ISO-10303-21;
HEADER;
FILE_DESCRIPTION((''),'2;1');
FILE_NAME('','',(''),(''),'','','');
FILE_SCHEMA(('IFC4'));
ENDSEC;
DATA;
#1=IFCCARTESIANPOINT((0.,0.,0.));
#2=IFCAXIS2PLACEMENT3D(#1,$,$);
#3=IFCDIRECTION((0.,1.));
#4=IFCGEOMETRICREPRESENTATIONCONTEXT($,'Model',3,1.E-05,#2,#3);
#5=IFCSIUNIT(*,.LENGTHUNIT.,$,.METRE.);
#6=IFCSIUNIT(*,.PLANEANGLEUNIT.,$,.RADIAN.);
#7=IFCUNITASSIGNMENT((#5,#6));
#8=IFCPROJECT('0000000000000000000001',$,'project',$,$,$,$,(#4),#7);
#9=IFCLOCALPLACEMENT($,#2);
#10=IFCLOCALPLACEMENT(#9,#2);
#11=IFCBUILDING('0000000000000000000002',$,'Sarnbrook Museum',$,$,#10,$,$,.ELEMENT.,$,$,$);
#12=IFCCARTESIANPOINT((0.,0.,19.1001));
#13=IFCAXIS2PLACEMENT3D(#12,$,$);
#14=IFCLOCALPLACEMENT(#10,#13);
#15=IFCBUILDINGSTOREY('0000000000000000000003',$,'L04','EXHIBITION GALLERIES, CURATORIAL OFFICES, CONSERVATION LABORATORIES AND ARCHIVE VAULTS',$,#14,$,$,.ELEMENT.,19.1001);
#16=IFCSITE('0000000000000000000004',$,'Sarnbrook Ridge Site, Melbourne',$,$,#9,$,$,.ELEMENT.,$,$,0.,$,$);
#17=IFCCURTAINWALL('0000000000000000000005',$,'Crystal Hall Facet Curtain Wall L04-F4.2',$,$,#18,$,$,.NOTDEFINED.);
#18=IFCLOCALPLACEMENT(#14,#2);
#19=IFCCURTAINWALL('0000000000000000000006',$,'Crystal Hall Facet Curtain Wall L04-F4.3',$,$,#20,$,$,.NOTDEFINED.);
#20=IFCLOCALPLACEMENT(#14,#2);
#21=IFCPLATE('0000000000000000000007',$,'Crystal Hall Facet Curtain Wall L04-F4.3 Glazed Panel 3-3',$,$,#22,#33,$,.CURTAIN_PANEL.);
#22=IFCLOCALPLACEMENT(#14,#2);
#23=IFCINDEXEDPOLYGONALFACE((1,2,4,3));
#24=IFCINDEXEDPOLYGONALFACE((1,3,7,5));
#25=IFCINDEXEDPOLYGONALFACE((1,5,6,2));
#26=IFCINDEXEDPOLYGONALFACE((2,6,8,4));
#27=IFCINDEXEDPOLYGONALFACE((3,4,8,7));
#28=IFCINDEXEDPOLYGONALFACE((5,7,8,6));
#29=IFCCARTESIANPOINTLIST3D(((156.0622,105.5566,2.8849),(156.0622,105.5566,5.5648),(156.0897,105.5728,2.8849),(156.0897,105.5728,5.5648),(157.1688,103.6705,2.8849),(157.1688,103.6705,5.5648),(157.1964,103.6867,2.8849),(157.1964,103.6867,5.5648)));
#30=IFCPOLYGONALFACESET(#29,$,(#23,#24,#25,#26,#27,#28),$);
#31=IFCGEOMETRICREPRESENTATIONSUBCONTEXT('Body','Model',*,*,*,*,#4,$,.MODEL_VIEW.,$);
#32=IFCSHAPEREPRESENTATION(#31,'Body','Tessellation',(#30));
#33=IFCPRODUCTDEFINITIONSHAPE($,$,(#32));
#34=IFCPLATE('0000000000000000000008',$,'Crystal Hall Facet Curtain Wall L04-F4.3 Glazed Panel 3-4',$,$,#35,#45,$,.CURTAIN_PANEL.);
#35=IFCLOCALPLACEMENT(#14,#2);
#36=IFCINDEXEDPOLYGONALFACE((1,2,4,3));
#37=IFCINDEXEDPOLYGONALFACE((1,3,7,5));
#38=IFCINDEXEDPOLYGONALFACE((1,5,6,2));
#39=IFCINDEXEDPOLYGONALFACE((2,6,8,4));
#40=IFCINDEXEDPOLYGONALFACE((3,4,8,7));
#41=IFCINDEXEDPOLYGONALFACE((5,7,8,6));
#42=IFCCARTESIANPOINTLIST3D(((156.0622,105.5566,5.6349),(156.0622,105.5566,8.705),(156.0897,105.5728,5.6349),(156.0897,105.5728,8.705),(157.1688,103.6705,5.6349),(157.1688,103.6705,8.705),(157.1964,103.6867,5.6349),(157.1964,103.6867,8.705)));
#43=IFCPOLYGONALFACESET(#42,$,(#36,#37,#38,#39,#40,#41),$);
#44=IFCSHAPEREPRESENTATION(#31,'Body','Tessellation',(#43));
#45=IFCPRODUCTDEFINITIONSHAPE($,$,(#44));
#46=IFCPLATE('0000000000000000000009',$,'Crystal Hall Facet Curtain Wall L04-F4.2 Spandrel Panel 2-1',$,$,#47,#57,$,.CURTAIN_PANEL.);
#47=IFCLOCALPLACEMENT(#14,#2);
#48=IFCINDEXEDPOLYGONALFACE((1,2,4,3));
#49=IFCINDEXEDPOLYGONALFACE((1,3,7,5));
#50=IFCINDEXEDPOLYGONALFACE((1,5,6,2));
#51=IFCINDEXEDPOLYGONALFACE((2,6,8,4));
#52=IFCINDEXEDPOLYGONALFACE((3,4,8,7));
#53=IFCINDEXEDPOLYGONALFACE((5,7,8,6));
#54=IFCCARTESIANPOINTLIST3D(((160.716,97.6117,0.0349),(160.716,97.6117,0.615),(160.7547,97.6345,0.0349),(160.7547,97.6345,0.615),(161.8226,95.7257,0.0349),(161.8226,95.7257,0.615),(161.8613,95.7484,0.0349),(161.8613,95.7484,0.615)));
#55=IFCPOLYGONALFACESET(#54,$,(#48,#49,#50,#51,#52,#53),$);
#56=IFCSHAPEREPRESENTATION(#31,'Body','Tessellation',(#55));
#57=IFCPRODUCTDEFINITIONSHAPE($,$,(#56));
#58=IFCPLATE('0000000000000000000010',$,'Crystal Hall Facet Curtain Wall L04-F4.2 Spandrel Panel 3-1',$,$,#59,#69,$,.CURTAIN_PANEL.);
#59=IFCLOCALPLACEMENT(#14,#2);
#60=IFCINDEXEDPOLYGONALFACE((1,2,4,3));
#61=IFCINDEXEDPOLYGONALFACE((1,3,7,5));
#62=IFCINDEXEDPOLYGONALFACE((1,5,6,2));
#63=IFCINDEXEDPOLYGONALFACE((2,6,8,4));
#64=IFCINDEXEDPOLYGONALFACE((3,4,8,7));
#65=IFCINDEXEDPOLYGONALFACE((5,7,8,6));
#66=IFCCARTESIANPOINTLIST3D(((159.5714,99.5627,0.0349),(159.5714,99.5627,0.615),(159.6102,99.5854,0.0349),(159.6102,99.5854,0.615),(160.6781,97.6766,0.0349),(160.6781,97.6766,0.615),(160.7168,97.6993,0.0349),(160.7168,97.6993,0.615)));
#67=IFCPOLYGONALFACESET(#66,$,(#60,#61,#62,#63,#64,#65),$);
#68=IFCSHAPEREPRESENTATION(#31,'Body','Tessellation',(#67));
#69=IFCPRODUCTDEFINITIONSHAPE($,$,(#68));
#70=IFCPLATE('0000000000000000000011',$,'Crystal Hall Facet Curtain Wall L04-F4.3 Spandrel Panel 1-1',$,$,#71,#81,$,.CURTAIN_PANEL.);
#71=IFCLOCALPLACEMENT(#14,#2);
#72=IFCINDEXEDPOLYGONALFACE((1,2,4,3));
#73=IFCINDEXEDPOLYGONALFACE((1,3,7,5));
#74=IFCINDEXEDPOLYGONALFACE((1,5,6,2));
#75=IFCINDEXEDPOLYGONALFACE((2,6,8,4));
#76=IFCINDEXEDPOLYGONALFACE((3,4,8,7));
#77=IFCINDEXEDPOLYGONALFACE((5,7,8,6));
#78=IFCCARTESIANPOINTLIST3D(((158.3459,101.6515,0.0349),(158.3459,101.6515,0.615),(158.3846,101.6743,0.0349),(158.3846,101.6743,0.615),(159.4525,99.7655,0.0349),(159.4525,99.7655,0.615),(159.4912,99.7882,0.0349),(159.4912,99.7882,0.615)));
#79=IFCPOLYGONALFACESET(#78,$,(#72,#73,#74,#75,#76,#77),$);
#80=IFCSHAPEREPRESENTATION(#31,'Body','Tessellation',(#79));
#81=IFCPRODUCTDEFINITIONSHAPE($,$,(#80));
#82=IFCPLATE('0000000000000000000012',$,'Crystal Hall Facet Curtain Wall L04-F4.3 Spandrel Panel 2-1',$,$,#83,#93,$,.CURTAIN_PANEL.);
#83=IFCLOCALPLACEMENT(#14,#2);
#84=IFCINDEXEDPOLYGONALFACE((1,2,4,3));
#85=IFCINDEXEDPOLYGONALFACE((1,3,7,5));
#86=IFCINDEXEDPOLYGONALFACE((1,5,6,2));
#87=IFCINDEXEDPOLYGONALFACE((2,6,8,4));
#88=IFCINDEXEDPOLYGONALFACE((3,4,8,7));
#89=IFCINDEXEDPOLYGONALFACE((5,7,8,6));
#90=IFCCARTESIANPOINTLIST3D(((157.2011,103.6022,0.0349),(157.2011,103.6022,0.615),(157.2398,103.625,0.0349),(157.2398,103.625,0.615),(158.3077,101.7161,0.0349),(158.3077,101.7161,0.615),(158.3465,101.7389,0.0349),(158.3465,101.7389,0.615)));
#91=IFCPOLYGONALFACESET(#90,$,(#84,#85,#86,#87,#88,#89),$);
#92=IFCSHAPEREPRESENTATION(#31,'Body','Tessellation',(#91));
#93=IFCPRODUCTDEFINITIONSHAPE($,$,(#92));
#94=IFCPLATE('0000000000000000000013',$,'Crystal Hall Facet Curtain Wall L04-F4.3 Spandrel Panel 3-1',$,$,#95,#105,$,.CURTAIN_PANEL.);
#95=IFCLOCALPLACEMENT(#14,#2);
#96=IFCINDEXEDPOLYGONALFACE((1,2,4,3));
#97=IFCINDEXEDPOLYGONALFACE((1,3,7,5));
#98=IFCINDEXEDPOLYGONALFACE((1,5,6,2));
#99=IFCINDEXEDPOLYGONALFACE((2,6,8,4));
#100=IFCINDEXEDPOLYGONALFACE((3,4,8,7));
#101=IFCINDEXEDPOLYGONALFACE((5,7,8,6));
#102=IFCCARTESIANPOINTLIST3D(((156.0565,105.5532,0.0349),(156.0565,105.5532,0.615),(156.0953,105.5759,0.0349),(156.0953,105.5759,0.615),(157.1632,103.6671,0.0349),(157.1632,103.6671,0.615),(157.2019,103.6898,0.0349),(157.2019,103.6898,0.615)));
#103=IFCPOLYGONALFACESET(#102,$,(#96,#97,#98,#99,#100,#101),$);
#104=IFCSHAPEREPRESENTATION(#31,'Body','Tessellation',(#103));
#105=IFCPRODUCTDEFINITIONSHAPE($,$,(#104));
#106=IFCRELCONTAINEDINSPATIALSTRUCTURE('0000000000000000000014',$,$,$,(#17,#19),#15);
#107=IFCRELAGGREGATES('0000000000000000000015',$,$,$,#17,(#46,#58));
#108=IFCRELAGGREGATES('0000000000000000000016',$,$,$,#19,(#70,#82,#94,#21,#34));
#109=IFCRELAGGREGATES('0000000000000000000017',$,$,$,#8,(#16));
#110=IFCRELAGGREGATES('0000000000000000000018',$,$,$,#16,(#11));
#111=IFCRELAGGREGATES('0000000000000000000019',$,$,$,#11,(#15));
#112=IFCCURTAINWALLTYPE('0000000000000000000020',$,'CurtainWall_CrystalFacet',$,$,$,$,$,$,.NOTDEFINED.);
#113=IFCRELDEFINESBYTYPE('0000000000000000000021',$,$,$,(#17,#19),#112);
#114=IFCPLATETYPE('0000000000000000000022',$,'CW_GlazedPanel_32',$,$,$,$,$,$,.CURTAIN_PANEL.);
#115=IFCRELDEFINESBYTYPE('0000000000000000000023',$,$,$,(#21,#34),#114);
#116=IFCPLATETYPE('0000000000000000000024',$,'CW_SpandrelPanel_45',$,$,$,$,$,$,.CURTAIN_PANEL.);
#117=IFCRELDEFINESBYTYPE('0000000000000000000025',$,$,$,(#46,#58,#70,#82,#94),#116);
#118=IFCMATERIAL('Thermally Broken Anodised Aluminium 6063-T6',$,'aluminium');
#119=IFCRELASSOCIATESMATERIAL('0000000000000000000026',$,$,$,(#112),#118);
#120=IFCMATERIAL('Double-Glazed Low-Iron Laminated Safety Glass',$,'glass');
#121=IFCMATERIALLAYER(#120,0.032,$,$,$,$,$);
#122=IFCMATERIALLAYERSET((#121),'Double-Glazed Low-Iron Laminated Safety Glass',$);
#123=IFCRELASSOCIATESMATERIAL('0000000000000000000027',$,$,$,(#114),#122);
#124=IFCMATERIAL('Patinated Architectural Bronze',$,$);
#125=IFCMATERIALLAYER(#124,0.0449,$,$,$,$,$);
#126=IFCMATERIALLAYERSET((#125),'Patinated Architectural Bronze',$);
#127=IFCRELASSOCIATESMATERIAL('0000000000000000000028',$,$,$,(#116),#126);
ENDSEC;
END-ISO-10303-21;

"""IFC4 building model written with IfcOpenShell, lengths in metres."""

from ifc_helpers import new_model, si_unit, direction, frame, origin, origin_2d, place, context, subcontext, project, spatial, rectangle, extrude, material, layer, layer_set, type_object, element, aggregate, save


model = new_model("IFC4")

# Units and contexts
model_context = context("Model", 3, precision=1e-05, world=origin(), true_north=direction((0.0, 1.0)))
body_context = subcontext(model_context, "Body", "Model", "MODEL_VIEW")
ifc_project = project(units=[si_unit("LENGTHUNIT", "METRE"), si_unit("PLANEANGLEUNIT", "RADIAN")], contexts=[model_context])

# Site, building, storey
site_placement = place(None, origin())
site = spatial("IfcSite", under=ifc_project, at=site_placement, Name="Sarnbrook Ridge Site, Melbourne", CompositionType="ELEMENT", RefElevation=0.0)
building_placement = place(site_placement, origin())
building = spatial("IfcBuilding", under=site, at=building_placement, Name="Sarnbrook Museum", CompositionType="ELEMENT")
storey_placement = place(building_placement, frame((0.0, 0.0, 19.1001)))
storey = spatial("IfcBuildingStorey", under=building, at=storey_placement, Name="L04", Description="EXHIBITION GALLERIES, CURATORIAL OFFICES, CONSERVATION LABORATORIES AND ARCHIVE VAULTS", CompositionType="ELEMENT", Elevation=19.1001)

# Curtain walls
ifc_material_1 = material(Name="Thermally Broken Anodised Aluminium 6063-T6", Category="aluminium")
curtain_wall_type = type_object("IfcCurtainWallType", Name="CurtainWall_CrystalFacet", PredefinedType="NOTDEFINED", material=ifc_material_1)
curtain_wall_1_placement = place(storey_placement, origin())
curtain_wall_1 = element("IfcCurtainWall", 1, at=curtain_wall_1_placement, inside=storey, type_object=curtain_wall_type, Name="Crystal Hall Facet Curtain Wall L04-F4.2", PredefinedType="NOTDEFINED")
curtain_wall_2_placement = place(storey_placement, origin())
curtain_wall_2 = element("IfcCurtainWall", 2, at=curtain_wall_2_placement, inside=storey, type_object=curtain_wall_type, Name="Crystal Hall Facet Curtain Wall L04-F4.3", PredefinedType="NOTDEFINED")

# Plates
ifc_material_2 = material(Name="Double-Glazed Low-Iron Laminated Safety Glass", Category="glass")
ifc_layer_1 = layer(ifc_material_2, 0.032)
ifc_layer_set_1 = layer_set([ifc_layer_1], Name="Double-Glazed Low-Iron Laminated Safety Glass")
plate_type_1 = type_object("IfcPlateType", Name="CW_GlazedPanel_32", PredefinedType="CURTAIN_PANEL", material=ifc_layer_set_1)
plate_1_placement = place(storey_placement, frame((156.6155, 104.6135, 4.2249), z_axis=(0.862499, 0.506058, 0.0), x_axis=(-0.506058, 0.862499, 0.0)))
plate_1 = element("IfcPlate", 3, at=plate_1_placement, type_object=plate_type_1, Name="Crystal Hall Facet Curtain Wall L04-F4.3 Glazed Panel 3-3", PredefinedType="CURTAIN_PANEL", context=body_context, shape_type="SweptSolid", body=[
    extrude(rectangle(XDim=2.1868, YDim=2.6799, at=origin_2d()), origin(), (0.0, 0.0, 1.0), 0.032),
])
plate_2_placement = place(storey_placement, frame((156.6155, 104.6135, 7.1699), z_axis=(0.862499, 0.506058, 0.0), x_axis=(-0.506058, 0.862499, 0.0)))
plate_2 = element("IfcPlate", 4, at=plate_2_placement, type_object=plate_type_1, Name="Crystal Hall Facet Curtain Wall L04-F4.3 Glazed Panel 3-4", PredefinedType="CURTAIN_PANEL", context=body_context, shape_type="SweptSolid", body=[
    extrude(rectangle(XDim=2.1868, YDim=3.0701, at=origin_2d()), origin(), (0.0, 0.0, 1.0), 0.032),
])
ifc_material_3 = material(Name="Patinated Architectural Bronze")
ifc_layer_2 = layer(ifc_material_3, 0.0449)
ifc_layer_set_2 = layer_set([ifc_layer_2], Name="Patinated Architectural Bronze")
plate_type_2 = type_object("IfcPlateType", Name="CW_SpandrelPanel_45", PredefinedType="CURTAIN_PANEL", material=ifc_layer_set_2)
plate_3_placement = place(storey_placement, frame((161.2693, 96.6687, 0.325), z_axis=(0.862499, 0.506058, 0.0), x_axis=(-0.506058, 0.862499, 0.0)))
plate_3 = element("IfcPlate", 5, at=plate_3_placement, type_object=plate_type_2, Name="Crystal Hall Facet Curtain Wall L04-F4.2 Spandrel Panel 2-1", PredefinedType="CURTAIN_PANEL", context=body_context, shape_type="SweptSolid", body=[
    extrude(rectangle(XDim=2.1868, YDim=0.5801, at=origin_2d()), origin(), (0.0, 0.0, 1.0), 0.0449),
])
plate_4_placement = place(storey_placement, frame((160.1248, 98.6196, 0.325), z_axis=(0.862499, 0.506058, 0.0), x_axis=(-0.506058, 0.862499, 0.0)))
plate_4 = element("IfcPlate", 6, at=plate_4_placement, type_object=plate_type_2, Name="Crystal Hall Facet Curtain Wall L04-F4.2 Spandrel Panel 3-1", PredefinedType="CURTAIN_PANEL", context=body_context, shape_type="SweptSolid", body=[
    extrude(rectangle(XDim=2.1868, YDim=0.5801, at=origin_2d()), origin(), (0.0, 0.0, 1.0), 0.0449),
])
aggregate(curtain_wall_1, [plate_3, plate_4])
plate_5_placement = place(storey_placement, frame((158.8992, 100.7085, 0.325), z_axis=(0.862499, 0.506058, 0.0), x_axis=(-0.506058, 0.862499, 0.0)))
plate_5 = element("IfcPlate", 7, at=plate_5_placement, type_object=plate_type_2, Name="Crystal Hall Facet Curtain Wall L04-F4.3 Spandrel Panel 1-1", PredefinedType="CURTAIN_PANEL", context=body_context, shape_type="SweptSolid", body=[
    extrude(rectangle(XDim=2.1868, YDim=0.5801, at=origin_2d()), origin(), (0.0, 0.0, 1.0), 0.0449),
])
plate_6_placement = place(storey_placement, frame((157.7544, 102.6592, 0.325), z_axis=(0.862499, 0.506058, 0.0), x_axis=(-0.506058, 0.862499, 0.0)))
plate_6 = element("IfcPlate", 8, at=plate_6_placement, type_object=plate_type_2, Name="Crystal Hall Facet Curtain Wall L04-F4.3 Spandrel Panel 2-1", PredefinedType="CURTAIN_PANEL", context=body_context, shape_type="SweptSolid", body=[
    extrude(rectangle(XDim=2.1868, YDim=0.5801, at=origin_2d()), origin(), (0.0, 0.0, 1.0), 0.0449),
])
plate_7_placement = place(storey_placement, frame((156.6099, 104.6101, 0.325), z_axis=(0.862499, 0.506058, 0.0), x_axis=(-0.506058, 0.862499, 0.0)))
plate_7 = element("IfcPlate", 9, at=plate_7_placement, type_object=plate_type_2, Name="Crystal Hall Facet Curtain Wall L04-F4.3 Spandrel Panel 3-1", PredefinedType="CURTAIN_PANEL", context=body_context, shape_type="SweptSolid", body=[
    extrude(rectangle(XDim=2.1868, YDim=0.5801, at=origin_2d()), origin(), (0.0, 0.0, 1.0), 0.0449),
])
aggregate(curtain_wall_2, [plate_5, plate_6, plate_7, plate_1, plate_2])

save(model, "model.ifc")
